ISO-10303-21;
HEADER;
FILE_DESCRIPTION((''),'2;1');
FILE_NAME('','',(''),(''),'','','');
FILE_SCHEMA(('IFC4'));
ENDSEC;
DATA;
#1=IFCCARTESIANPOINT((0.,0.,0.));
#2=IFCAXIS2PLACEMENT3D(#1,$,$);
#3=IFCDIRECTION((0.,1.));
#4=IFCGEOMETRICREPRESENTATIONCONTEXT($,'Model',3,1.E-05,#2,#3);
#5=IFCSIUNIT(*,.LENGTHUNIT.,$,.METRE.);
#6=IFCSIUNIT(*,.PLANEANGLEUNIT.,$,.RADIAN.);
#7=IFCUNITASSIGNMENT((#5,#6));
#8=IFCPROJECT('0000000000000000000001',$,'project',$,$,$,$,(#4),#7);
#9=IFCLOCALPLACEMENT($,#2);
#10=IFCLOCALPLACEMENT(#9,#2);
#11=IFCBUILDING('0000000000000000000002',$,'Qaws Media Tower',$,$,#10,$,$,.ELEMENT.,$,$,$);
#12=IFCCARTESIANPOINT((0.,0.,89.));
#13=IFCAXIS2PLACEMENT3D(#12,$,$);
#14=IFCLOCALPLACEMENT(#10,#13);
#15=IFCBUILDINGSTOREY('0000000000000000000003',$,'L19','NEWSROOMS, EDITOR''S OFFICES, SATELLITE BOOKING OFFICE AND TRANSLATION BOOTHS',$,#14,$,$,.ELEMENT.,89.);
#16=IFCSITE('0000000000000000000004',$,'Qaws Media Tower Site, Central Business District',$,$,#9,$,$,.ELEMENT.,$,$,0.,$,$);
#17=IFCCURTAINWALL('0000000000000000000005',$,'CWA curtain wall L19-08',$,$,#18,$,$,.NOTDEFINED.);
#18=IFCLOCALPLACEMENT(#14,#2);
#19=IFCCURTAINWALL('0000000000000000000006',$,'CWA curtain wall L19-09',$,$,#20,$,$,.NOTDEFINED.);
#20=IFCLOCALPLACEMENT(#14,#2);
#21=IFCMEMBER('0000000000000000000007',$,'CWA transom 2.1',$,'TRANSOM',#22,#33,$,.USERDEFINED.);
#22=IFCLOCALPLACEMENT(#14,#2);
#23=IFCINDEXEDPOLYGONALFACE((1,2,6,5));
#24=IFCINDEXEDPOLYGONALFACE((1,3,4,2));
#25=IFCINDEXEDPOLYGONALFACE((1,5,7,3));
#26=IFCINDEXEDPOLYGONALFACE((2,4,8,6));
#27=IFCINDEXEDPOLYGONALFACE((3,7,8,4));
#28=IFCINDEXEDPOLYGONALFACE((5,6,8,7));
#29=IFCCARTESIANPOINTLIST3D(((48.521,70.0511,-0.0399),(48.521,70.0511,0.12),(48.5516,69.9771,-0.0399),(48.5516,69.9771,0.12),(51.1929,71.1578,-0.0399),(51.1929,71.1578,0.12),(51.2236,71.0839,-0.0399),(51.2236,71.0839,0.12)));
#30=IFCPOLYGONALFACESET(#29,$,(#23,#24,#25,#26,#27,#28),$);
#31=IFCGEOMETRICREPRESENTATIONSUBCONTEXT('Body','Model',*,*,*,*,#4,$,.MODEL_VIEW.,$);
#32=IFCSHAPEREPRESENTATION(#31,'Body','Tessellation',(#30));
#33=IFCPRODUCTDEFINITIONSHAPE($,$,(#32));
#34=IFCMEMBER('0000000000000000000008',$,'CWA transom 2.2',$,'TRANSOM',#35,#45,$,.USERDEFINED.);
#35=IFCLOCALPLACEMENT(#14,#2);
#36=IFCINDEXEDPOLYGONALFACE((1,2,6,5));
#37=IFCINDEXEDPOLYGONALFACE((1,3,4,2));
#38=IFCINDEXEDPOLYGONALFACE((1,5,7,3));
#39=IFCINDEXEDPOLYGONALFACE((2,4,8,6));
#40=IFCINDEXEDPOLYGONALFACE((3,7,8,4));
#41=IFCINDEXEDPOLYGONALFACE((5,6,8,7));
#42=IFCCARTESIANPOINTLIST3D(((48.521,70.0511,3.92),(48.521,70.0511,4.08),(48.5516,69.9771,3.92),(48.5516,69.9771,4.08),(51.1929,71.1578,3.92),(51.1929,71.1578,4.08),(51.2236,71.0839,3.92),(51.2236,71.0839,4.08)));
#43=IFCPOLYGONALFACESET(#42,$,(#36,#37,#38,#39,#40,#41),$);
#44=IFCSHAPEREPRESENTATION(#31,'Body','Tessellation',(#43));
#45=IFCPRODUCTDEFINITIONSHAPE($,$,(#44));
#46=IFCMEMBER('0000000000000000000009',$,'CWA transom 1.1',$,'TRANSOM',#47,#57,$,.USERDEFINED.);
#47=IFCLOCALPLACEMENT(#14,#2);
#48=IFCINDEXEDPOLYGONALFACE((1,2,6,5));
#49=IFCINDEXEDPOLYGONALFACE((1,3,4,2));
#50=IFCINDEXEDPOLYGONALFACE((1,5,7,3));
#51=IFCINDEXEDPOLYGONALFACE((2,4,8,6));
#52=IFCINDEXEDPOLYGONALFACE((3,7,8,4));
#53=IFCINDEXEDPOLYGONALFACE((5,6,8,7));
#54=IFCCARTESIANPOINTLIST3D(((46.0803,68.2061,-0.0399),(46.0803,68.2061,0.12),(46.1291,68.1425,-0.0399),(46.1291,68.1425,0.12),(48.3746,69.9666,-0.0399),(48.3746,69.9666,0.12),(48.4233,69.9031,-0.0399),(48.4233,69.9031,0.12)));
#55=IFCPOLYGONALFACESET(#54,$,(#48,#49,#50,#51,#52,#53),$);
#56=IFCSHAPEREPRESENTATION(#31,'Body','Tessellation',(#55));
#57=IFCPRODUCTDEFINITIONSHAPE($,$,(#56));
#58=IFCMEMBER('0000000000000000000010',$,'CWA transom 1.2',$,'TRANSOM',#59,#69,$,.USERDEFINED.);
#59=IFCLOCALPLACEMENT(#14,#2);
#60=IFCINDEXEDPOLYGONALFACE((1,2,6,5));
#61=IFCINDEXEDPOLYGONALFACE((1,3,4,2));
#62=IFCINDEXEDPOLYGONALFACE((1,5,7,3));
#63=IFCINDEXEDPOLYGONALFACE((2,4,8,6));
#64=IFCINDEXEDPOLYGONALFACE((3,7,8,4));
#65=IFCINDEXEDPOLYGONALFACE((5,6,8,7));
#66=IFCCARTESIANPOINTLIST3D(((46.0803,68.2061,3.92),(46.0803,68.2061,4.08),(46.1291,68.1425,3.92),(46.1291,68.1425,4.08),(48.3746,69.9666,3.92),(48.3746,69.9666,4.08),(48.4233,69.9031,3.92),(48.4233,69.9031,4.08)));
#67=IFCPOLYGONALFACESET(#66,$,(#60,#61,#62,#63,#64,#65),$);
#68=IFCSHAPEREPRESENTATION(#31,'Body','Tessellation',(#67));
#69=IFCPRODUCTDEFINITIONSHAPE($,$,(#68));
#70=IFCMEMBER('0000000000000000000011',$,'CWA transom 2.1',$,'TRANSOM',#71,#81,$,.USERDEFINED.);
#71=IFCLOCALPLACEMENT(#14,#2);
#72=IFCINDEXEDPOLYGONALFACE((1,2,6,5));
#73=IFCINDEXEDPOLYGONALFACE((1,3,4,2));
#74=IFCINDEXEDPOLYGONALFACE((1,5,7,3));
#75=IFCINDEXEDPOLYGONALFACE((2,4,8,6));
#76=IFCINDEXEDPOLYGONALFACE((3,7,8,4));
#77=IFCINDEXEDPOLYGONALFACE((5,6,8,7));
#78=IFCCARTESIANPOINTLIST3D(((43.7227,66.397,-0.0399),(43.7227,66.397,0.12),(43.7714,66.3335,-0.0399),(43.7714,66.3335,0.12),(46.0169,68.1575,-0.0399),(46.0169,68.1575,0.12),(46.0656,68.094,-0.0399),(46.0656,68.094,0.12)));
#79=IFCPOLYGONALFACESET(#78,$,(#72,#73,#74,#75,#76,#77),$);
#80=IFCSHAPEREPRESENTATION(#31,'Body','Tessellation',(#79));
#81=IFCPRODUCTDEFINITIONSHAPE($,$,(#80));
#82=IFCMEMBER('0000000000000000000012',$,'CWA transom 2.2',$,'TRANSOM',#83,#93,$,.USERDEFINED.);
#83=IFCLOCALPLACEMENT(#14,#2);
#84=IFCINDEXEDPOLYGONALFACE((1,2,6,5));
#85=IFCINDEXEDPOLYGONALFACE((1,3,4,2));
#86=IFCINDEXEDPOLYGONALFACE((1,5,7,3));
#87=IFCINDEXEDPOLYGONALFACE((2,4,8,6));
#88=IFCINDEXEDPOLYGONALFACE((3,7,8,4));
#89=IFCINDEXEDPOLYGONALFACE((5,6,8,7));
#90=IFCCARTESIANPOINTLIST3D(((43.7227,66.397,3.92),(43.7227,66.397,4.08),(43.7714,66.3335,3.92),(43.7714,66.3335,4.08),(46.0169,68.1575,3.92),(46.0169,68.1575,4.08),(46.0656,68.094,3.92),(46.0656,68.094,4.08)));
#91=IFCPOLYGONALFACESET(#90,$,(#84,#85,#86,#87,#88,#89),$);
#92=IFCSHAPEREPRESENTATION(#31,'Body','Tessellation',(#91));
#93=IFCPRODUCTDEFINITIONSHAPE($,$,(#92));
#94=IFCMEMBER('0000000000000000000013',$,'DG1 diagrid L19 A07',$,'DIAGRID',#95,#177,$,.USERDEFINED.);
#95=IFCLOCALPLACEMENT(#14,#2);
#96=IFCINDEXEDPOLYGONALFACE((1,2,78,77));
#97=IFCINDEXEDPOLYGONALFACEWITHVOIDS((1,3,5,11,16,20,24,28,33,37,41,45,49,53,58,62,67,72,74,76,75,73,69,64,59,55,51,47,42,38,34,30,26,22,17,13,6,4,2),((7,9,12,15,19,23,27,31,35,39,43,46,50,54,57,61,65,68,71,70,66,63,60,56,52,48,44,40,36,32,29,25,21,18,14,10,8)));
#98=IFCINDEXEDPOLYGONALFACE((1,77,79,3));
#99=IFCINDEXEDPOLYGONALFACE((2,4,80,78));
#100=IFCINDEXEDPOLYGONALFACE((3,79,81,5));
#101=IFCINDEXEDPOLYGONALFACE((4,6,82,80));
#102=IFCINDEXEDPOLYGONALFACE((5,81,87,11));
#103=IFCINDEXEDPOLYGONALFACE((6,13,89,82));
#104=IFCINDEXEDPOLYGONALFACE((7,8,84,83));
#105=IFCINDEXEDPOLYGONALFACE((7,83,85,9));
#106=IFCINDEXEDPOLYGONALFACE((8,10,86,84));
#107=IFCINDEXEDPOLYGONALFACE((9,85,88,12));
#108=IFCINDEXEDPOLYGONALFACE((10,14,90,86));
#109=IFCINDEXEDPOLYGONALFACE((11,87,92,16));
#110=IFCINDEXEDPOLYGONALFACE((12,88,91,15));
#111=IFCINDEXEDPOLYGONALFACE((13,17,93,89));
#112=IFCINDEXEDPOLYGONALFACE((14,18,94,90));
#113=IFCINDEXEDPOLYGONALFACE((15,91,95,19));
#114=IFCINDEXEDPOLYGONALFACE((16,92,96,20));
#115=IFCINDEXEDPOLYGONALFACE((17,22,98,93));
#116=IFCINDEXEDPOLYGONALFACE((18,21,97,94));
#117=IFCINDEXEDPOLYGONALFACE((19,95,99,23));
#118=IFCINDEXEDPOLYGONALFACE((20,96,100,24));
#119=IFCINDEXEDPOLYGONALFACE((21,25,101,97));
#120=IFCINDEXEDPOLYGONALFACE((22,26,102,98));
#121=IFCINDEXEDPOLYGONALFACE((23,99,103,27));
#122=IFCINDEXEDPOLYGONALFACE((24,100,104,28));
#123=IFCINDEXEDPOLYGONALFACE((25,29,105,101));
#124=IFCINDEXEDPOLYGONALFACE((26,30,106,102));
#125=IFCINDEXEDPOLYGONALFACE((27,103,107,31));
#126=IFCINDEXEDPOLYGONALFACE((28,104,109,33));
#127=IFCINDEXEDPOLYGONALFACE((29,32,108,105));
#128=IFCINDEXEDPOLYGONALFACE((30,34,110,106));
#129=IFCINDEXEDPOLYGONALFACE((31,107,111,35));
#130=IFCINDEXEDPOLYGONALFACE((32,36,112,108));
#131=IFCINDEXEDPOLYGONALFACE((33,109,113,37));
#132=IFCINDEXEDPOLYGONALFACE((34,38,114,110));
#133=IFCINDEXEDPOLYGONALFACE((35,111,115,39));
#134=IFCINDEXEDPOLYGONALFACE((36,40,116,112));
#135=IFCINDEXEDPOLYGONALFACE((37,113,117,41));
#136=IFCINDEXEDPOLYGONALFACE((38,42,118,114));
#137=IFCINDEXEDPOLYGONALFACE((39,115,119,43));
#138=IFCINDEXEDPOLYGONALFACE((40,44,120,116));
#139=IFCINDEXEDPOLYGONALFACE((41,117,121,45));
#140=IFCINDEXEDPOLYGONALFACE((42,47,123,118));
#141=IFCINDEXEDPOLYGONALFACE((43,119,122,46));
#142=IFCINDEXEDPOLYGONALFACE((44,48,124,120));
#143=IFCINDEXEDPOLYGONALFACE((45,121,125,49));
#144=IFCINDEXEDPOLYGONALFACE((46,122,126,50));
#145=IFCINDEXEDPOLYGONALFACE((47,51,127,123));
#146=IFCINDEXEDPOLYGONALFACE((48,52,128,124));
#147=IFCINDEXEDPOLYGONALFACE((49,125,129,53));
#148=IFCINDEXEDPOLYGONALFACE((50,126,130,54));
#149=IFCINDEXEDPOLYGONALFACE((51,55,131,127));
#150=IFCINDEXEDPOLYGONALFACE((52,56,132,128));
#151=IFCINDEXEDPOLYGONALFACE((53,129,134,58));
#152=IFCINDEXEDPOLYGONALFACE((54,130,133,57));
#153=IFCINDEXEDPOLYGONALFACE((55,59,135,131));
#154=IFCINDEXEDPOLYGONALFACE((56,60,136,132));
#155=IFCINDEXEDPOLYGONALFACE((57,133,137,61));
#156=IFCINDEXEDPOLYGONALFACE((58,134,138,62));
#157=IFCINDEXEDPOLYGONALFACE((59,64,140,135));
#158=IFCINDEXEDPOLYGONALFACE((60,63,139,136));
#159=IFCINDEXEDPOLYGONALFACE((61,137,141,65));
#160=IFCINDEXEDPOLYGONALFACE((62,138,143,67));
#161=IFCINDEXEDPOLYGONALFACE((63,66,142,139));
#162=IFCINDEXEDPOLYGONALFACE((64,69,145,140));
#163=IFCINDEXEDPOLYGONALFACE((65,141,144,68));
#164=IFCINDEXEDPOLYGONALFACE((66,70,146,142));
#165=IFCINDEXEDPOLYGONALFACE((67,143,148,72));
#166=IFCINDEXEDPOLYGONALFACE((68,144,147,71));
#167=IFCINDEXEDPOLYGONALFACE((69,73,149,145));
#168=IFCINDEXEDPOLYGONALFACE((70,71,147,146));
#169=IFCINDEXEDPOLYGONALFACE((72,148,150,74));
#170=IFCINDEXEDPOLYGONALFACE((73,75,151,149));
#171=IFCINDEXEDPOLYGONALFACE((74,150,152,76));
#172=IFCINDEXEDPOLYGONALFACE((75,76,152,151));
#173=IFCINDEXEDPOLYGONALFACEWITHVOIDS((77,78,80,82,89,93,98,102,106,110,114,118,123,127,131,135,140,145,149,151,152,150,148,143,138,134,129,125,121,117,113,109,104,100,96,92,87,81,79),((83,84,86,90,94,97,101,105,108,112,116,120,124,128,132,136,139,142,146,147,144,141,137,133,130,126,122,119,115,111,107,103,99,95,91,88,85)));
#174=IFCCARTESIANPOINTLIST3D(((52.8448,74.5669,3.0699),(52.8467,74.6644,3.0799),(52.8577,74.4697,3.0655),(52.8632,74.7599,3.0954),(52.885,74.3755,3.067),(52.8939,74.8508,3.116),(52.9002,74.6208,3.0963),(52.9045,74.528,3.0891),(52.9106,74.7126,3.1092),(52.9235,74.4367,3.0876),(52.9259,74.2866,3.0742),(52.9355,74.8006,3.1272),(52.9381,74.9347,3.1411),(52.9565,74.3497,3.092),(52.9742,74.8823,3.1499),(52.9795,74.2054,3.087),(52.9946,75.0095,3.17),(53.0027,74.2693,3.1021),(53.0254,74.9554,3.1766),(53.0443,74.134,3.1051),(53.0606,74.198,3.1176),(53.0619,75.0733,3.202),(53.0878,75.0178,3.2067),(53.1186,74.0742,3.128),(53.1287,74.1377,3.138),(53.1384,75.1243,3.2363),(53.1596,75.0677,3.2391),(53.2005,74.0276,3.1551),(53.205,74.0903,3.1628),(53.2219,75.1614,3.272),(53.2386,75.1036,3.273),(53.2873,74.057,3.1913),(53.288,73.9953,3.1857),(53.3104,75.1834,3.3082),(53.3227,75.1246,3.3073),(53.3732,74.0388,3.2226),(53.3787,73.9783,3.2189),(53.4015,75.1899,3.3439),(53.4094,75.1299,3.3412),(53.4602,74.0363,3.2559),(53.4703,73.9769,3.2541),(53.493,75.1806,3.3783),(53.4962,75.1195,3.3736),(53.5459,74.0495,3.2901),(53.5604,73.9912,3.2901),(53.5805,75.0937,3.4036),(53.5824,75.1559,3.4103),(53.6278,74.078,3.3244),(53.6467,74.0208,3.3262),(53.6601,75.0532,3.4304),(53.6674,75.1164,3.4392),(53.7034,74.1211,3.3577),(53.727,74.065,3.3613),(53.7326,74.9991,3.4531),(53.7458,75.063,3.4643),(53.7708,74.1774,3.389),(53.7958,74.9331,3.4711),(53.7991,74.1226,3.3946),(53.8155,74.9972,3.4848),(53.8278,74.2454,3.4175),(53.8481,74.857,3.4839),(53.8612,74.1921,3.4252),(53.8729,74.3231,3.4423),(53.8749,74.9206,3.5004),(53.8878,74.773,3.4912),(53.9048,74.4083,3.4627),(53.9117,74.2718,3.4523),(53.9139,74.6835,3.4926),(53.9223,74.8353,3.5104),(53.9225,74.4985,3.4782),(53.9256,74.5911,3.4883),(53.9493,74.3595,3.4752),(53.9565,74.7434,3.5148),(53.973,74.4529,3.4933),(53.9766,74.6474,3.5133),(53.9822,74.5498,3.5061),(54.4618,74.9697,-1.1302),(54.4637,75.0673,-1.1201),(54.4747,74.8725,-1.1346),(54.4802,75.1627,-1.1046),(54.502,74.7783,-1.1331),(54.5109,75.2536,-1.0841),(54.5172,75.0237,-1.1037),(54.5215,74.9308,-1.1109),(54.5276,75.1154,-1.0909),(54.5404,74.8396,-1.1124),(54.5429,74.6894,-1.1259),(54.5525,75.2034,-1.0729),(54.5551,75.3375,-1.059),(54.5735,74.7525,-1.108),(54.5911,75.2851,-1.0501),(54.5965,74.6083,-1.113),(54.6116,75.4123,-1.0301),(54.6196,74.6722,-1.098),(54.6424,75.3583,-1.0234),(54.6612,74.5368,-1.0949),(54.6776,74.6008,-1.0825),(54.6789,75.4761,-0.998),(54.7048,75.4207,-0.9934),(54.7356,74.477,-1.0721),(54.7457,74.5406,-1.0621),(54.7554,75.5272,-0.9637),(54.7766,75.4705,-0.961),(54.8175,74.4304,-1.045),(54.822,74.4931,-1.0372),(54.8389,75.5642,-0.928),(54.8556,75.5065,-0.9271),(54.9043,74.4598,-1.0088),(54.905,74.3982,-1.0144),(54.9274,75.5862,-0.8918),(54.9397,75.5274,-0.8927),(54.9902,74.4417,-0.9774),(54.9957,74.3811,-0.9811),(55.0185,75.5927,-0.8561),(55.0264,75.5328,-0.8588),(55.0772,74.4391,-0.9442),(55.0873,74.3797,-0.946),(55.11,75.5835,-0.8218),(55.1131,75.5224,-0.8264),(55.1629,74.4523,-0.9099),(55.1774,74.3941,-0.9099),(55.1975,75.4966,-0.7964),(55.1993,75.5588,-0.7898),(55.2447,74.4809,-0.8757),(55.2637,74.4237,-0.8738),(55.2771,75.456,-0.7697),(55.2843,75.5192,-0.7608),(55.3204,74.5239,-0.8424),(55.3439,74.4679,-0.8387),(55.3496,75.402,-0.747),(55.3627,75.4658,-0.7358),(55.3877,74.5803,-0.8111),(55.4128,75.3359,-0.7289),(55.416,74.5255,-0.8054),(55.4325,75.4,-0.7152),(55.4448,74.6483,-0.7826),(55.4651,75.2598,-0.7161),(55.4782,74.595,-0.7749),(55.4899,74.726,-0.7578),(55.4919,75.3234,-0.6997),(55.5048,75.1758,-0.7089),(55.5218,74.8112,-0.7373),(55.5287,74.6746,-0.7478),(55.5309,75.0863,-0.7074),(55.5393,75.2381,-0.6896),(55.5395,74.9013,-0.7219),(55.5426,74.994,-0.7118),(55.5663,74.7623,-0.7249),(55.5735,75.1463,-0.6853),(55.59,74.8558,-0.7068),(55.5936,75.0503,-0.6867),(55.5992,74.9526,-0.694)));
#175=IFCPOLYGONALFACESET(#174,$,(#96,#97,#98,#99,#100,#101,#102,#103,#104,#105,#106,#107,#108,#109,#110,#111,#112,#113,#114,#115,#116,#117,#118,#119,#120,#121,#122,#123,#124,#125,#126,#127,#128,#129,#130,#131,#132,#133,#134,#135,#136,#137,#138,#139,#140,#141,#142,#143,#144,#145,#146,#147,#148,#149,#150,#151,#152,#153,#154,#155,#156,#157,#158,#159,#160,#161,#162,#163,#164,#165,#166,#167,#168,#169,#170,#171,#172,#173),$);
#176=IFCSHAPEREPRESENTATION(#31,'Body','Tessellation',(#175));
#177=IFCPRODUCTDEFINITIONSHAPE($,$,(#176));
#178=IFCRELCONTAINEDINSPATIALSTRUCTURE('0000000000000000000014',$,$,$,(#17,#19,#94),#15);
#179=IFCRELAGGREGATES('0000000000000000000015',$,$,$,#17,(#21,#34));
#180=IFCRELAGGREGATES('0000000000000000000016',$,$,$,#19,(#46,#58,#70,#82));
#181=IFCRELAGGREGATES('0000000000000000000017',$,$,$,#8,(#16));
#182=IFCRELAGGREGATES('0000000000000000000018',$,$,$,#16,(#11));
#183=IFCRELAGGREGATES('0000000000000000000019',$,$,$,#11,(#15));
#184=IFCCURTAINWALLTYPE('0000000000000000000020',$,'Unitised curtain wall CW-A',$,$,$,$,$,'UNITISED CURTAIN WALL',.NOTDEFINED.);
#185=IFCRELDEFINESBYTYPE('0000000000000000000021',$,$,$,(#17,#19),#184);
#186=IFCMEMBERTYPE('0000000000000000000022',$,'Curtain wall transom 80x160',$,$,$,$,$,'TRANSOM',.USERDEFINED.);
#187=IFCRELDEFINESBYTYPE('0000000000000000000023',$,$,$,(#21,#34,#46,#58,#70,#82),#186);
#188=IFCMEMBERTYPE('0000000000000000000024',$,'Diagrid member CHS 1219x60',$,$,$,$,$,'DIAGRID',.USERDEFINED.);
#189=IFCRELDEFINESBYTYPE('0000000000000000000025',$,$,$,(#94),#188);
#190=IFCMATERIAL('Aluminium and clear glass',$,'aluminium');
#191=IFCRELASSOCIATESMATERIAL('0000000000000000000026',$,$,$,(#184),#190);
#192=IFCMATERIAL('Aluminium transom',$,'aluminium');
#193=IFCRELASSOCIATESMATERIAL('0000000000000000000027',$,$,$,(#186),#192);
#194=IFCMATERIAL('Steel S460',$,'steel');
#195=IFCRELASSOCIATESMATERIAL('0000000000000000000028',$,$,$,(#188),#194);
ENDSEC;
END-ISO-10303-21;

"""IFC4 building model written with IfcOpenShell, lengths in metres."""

from ifc_helpers import new_model, si_unit, direction, frame, origin, origin_2d, place, context, subcontext, project, spatial, rectangle, hollow_circle, extrude, material, material_profile, profile_set, type_object, element, aggregate, save


model = new_model("IFC4")

# Units and contexts
model_context = context("Model", 3, precision=1e-05, world=origin(), true_north=direction((0.0, 1.0)))
body_context = subcontext(model_context, "Body", "Model", "MODEL_VIEW")
ifc_project = project(units=[si_unit("LENGTHUNIT", "METRE"), si_unit("PLANEANGLEUNIT", "RADIAN")], contexts=[model_context])

# Site, building, storey
site_placement = place(None, origin())
site = spatial("IfcSite", under=ifc_project, at=site_placement, Name="Qaws Media Tower Site, Central Business District", CompositionType="ELEMENT", RefElevation=0.0)
building_placement = place(site_placement, origin())
building = spatial("IfcBuilding", under=site, at=building_placement, Name="Qaws Media Tower", CompositionType="ELEMENT")
storey_placement = place(building_placement, frame((0.0, 0.0, 89.0)))
storey = spatial("IfcBuildingStorey", under=building, at=storey_placement, Name="L19", Description="NEWSROOMS, EDITOR'S OFFICES, SATELLITE BOOKING OFFICE AND TRANSLATION BOOTHS", CompositionType="ELEMENT", Elevation=89.0)

# Curtain walls
ifc_material_1 = material(Name="Aluminium and clear glass", Category="aluminium")
curtain_wall_type = type_object("IfcCurtainWallType", Name="Unitised curtain wall CW-A", ElementType="UNITISED CURTAIN WALL", PredefinedType="NOTDEFINED", material=ifc_material_1)
curtain_wall_1_placement = place(storey_placement, origin())
curtain_wall_1 = element("IfcCurtainWall", 1, at=curtain_wall_1_placement, inside=storey, type_object=curtain_wall_type, Name="CWA curtain wall L19-08", PredefinedType="NOTDEFINED")
curtain_wall_2_placement = place(storey_placement, origin())
curtain_wall_2 = element("IfcCurtainWall", 2, at=curtain_wall_2_placement, inside=storey, type_object=curtain_wall_type, Name="CWA curtain wall L19-09", PredefinedType="NOTDEFINED")

# Members
ifc_material_2 = material(Name="Aluminium transom", Category="aluminium")
ifc_material_profile_1 = material_profile(ifc_material_2, rectangle(XDim=0.0801, YDim=0.1599, at=origin_2d()), Name="80x160")
ifc_profile_set_1 = profile_set([ifc_material_profile_1], Name="Aluminium transom")
member_type_1 = type_object("IfcMemberType", Name="Curtain wall transom 80x160", ElementType="TRANSOM", PredefinedType="USERDEFINED", material=ifc_profile_set_1)
member_1_placement = place(storey_placement, frame((51.2083, 71.1208, 0.04), z_axis=(-0.923884, -0.382672, 0.0), x_axis=(0.382672, -0.923884, 0.0)))
member_1 = element("IfcMember", 3, at=member_1_placement, type_object=member_type_1, Name="CWA transom 2.1", ObjectType="TRANSOM", PredefinedType="USERDEFINED", context=body_context, shape_type="SweptSolid", body=[
    extrude(rectangle(XDim=0.0801, YDim=0.1599, at=origin_2d()), origin(), (0.0, 0.0, 1.0), 2.8921),
])
member_2_placement = place(storey_placement, frame((51.2083, 71.1208, 4.0), z_axis=(-0.923884, -0.382672, 0.0), x_axis=(0.382672, -0.923884, 0.0)))
member_2 = element("IfcMember", 4, at=member_2_placement, type_object=member_type_1, Name="CWA transom 2.2", ObjectType="TRANSOM", PredefinedType="USERDEFINED", context=body_context, shape_type="SweptSolid", body=[
    extrude(rectangle(XDim=0.0801, YDim=0.1599, at=origin_2d()), origin(), (0.0, 0.0, 1.0), 2.8921),
])
member_3_placement = place(storey_placement, frame((48.3989, 69.9348, 0.04), z_axis=(-0.793336, -0.608784, 0.0), x_axis=(0.608784, -0.793336, 0.0)))
member_3 = element("IfcMember", 5, at=member_3_placement, type_object=member_type_1, Name="CWA transom 1.1", ObjectType="TRANSOM", PredefinedType="USERDEFINED", context=body_context, shape_type="SweptSolid", body=[
    extrude(rectangle(XDim=0.0801, YDim=0.1599, at=origin_2d()), origin(), (0.0, 0.0, 1.0), 2.8918),
])
member_4_placement = place(storey_placement, frame((48.3989, 69.9348, 4.0), z_axis=(-0.793336, -0.608784, 0.0), x_axis=(0.608784, -0.793336, 0.0)))
member_4 = element("IfcMember", 6, at=member_4_placement, type_object=member_type_1, Name="CWA transom 1.2", ObjectType="TRANSOM", PredefinedType="USERDEFINED", context=body_context, shape_type="SweptSolid", body=[
    extrude(rectangle(XDim=0.0801, YDim=0.1599, at=origin_2d()), origin(), (0.0, 0.0, 1.0), 2.8918),
])
member_5_placement = place(storey_placement, frame((46.0413, 68.1257, 0.04), z_axis=(-0.793336, -0.608784, 0.0), x_axis=(0.608784, -0.793336, 0.0)))
member_5 = element("IfcMember", 7, at=member_5_placement, type_object=member_type_1, Name="CWA transom 2.1", ObjectType="TRANSOM", PredefinedType="USERDEFINED", context=body_context, shape_type="SweptSolid", body=[
    extrude(rectangle(XDim=0.0801, YDim=0.1599, at=origin_2d()), origin(), (0.0, 0.0, 1.0), 2.8918),
])
member_6_placement = place(storey_placement, frame((46.0413, 68.1257, 4.0), z_axis=(-0.793336, -0.608784, 0.0), x_axis=(0.608784, -0.793336, 0.0)))
member_6 = element("IfcMember", 8, at=member_6_placement, type_object=member_type_1, Name="CWA transom 2.2", ObjectType="TRANSOM", PredefinedType="USERDEFINED", context=body_context, shape_type="SweptSolid", body=[
    extrude(rectangle(XDim=0.0801, YDim=0.1599, at=origin_2d()), origin(), (0.0, 0.0, 1.0), 2.8918),
])

# Member
ifc_material_3 = material(Name="Steel S460", Category="steel")
ifc_material_profile_2 = material_profile(ifc_material_3, hollow_circle(Radius=0.6096, WallThickness=0.0601, at=origin_2d()), Name="CHS 1219x60")
ifc_profile_set_2 = profile_set([ifc_material_profile_2], Name="Steel S460")
member_type_2 = type_object("IfcMemberType", Name="Diagrid member CHS 1219x60", ElementType="DIAGRID", PredefinedType="USERDEFINED", material=ifc_profile_set_2)
for number, where, z_axis, x_axis, name in (
    (9, (55.03, 74.9856, -0.9099), (-0.357854, -0.089153, 0.929512), (0.241743, -0.97034, 0.0), "DG1 diagrid L19 A07"),
):
    element("IfcMember", number, at=place(storey_placement, frame(where, z_axis=z_axis, x_axis=x_axis)), inside=storey, type_object=member_type_2, Name=name, ObjectType="DIAGRID", PredefinedType="USERDEFINED", context=body_context, shape_type="SweptSolid", body=[
        extrude(hollow_circle(Radius=0.6096, WallThickness=0.0601, at=origin_2d()), origin(), (0.0, 0.0, 1.0), 4.5186),
    ])

aggregate(curtain_wall_1, [member_1, member_2])
aggregate(curtain_wall_2, [member_3, member_4, member_5, member_6])

save(model, "model.ifc")
